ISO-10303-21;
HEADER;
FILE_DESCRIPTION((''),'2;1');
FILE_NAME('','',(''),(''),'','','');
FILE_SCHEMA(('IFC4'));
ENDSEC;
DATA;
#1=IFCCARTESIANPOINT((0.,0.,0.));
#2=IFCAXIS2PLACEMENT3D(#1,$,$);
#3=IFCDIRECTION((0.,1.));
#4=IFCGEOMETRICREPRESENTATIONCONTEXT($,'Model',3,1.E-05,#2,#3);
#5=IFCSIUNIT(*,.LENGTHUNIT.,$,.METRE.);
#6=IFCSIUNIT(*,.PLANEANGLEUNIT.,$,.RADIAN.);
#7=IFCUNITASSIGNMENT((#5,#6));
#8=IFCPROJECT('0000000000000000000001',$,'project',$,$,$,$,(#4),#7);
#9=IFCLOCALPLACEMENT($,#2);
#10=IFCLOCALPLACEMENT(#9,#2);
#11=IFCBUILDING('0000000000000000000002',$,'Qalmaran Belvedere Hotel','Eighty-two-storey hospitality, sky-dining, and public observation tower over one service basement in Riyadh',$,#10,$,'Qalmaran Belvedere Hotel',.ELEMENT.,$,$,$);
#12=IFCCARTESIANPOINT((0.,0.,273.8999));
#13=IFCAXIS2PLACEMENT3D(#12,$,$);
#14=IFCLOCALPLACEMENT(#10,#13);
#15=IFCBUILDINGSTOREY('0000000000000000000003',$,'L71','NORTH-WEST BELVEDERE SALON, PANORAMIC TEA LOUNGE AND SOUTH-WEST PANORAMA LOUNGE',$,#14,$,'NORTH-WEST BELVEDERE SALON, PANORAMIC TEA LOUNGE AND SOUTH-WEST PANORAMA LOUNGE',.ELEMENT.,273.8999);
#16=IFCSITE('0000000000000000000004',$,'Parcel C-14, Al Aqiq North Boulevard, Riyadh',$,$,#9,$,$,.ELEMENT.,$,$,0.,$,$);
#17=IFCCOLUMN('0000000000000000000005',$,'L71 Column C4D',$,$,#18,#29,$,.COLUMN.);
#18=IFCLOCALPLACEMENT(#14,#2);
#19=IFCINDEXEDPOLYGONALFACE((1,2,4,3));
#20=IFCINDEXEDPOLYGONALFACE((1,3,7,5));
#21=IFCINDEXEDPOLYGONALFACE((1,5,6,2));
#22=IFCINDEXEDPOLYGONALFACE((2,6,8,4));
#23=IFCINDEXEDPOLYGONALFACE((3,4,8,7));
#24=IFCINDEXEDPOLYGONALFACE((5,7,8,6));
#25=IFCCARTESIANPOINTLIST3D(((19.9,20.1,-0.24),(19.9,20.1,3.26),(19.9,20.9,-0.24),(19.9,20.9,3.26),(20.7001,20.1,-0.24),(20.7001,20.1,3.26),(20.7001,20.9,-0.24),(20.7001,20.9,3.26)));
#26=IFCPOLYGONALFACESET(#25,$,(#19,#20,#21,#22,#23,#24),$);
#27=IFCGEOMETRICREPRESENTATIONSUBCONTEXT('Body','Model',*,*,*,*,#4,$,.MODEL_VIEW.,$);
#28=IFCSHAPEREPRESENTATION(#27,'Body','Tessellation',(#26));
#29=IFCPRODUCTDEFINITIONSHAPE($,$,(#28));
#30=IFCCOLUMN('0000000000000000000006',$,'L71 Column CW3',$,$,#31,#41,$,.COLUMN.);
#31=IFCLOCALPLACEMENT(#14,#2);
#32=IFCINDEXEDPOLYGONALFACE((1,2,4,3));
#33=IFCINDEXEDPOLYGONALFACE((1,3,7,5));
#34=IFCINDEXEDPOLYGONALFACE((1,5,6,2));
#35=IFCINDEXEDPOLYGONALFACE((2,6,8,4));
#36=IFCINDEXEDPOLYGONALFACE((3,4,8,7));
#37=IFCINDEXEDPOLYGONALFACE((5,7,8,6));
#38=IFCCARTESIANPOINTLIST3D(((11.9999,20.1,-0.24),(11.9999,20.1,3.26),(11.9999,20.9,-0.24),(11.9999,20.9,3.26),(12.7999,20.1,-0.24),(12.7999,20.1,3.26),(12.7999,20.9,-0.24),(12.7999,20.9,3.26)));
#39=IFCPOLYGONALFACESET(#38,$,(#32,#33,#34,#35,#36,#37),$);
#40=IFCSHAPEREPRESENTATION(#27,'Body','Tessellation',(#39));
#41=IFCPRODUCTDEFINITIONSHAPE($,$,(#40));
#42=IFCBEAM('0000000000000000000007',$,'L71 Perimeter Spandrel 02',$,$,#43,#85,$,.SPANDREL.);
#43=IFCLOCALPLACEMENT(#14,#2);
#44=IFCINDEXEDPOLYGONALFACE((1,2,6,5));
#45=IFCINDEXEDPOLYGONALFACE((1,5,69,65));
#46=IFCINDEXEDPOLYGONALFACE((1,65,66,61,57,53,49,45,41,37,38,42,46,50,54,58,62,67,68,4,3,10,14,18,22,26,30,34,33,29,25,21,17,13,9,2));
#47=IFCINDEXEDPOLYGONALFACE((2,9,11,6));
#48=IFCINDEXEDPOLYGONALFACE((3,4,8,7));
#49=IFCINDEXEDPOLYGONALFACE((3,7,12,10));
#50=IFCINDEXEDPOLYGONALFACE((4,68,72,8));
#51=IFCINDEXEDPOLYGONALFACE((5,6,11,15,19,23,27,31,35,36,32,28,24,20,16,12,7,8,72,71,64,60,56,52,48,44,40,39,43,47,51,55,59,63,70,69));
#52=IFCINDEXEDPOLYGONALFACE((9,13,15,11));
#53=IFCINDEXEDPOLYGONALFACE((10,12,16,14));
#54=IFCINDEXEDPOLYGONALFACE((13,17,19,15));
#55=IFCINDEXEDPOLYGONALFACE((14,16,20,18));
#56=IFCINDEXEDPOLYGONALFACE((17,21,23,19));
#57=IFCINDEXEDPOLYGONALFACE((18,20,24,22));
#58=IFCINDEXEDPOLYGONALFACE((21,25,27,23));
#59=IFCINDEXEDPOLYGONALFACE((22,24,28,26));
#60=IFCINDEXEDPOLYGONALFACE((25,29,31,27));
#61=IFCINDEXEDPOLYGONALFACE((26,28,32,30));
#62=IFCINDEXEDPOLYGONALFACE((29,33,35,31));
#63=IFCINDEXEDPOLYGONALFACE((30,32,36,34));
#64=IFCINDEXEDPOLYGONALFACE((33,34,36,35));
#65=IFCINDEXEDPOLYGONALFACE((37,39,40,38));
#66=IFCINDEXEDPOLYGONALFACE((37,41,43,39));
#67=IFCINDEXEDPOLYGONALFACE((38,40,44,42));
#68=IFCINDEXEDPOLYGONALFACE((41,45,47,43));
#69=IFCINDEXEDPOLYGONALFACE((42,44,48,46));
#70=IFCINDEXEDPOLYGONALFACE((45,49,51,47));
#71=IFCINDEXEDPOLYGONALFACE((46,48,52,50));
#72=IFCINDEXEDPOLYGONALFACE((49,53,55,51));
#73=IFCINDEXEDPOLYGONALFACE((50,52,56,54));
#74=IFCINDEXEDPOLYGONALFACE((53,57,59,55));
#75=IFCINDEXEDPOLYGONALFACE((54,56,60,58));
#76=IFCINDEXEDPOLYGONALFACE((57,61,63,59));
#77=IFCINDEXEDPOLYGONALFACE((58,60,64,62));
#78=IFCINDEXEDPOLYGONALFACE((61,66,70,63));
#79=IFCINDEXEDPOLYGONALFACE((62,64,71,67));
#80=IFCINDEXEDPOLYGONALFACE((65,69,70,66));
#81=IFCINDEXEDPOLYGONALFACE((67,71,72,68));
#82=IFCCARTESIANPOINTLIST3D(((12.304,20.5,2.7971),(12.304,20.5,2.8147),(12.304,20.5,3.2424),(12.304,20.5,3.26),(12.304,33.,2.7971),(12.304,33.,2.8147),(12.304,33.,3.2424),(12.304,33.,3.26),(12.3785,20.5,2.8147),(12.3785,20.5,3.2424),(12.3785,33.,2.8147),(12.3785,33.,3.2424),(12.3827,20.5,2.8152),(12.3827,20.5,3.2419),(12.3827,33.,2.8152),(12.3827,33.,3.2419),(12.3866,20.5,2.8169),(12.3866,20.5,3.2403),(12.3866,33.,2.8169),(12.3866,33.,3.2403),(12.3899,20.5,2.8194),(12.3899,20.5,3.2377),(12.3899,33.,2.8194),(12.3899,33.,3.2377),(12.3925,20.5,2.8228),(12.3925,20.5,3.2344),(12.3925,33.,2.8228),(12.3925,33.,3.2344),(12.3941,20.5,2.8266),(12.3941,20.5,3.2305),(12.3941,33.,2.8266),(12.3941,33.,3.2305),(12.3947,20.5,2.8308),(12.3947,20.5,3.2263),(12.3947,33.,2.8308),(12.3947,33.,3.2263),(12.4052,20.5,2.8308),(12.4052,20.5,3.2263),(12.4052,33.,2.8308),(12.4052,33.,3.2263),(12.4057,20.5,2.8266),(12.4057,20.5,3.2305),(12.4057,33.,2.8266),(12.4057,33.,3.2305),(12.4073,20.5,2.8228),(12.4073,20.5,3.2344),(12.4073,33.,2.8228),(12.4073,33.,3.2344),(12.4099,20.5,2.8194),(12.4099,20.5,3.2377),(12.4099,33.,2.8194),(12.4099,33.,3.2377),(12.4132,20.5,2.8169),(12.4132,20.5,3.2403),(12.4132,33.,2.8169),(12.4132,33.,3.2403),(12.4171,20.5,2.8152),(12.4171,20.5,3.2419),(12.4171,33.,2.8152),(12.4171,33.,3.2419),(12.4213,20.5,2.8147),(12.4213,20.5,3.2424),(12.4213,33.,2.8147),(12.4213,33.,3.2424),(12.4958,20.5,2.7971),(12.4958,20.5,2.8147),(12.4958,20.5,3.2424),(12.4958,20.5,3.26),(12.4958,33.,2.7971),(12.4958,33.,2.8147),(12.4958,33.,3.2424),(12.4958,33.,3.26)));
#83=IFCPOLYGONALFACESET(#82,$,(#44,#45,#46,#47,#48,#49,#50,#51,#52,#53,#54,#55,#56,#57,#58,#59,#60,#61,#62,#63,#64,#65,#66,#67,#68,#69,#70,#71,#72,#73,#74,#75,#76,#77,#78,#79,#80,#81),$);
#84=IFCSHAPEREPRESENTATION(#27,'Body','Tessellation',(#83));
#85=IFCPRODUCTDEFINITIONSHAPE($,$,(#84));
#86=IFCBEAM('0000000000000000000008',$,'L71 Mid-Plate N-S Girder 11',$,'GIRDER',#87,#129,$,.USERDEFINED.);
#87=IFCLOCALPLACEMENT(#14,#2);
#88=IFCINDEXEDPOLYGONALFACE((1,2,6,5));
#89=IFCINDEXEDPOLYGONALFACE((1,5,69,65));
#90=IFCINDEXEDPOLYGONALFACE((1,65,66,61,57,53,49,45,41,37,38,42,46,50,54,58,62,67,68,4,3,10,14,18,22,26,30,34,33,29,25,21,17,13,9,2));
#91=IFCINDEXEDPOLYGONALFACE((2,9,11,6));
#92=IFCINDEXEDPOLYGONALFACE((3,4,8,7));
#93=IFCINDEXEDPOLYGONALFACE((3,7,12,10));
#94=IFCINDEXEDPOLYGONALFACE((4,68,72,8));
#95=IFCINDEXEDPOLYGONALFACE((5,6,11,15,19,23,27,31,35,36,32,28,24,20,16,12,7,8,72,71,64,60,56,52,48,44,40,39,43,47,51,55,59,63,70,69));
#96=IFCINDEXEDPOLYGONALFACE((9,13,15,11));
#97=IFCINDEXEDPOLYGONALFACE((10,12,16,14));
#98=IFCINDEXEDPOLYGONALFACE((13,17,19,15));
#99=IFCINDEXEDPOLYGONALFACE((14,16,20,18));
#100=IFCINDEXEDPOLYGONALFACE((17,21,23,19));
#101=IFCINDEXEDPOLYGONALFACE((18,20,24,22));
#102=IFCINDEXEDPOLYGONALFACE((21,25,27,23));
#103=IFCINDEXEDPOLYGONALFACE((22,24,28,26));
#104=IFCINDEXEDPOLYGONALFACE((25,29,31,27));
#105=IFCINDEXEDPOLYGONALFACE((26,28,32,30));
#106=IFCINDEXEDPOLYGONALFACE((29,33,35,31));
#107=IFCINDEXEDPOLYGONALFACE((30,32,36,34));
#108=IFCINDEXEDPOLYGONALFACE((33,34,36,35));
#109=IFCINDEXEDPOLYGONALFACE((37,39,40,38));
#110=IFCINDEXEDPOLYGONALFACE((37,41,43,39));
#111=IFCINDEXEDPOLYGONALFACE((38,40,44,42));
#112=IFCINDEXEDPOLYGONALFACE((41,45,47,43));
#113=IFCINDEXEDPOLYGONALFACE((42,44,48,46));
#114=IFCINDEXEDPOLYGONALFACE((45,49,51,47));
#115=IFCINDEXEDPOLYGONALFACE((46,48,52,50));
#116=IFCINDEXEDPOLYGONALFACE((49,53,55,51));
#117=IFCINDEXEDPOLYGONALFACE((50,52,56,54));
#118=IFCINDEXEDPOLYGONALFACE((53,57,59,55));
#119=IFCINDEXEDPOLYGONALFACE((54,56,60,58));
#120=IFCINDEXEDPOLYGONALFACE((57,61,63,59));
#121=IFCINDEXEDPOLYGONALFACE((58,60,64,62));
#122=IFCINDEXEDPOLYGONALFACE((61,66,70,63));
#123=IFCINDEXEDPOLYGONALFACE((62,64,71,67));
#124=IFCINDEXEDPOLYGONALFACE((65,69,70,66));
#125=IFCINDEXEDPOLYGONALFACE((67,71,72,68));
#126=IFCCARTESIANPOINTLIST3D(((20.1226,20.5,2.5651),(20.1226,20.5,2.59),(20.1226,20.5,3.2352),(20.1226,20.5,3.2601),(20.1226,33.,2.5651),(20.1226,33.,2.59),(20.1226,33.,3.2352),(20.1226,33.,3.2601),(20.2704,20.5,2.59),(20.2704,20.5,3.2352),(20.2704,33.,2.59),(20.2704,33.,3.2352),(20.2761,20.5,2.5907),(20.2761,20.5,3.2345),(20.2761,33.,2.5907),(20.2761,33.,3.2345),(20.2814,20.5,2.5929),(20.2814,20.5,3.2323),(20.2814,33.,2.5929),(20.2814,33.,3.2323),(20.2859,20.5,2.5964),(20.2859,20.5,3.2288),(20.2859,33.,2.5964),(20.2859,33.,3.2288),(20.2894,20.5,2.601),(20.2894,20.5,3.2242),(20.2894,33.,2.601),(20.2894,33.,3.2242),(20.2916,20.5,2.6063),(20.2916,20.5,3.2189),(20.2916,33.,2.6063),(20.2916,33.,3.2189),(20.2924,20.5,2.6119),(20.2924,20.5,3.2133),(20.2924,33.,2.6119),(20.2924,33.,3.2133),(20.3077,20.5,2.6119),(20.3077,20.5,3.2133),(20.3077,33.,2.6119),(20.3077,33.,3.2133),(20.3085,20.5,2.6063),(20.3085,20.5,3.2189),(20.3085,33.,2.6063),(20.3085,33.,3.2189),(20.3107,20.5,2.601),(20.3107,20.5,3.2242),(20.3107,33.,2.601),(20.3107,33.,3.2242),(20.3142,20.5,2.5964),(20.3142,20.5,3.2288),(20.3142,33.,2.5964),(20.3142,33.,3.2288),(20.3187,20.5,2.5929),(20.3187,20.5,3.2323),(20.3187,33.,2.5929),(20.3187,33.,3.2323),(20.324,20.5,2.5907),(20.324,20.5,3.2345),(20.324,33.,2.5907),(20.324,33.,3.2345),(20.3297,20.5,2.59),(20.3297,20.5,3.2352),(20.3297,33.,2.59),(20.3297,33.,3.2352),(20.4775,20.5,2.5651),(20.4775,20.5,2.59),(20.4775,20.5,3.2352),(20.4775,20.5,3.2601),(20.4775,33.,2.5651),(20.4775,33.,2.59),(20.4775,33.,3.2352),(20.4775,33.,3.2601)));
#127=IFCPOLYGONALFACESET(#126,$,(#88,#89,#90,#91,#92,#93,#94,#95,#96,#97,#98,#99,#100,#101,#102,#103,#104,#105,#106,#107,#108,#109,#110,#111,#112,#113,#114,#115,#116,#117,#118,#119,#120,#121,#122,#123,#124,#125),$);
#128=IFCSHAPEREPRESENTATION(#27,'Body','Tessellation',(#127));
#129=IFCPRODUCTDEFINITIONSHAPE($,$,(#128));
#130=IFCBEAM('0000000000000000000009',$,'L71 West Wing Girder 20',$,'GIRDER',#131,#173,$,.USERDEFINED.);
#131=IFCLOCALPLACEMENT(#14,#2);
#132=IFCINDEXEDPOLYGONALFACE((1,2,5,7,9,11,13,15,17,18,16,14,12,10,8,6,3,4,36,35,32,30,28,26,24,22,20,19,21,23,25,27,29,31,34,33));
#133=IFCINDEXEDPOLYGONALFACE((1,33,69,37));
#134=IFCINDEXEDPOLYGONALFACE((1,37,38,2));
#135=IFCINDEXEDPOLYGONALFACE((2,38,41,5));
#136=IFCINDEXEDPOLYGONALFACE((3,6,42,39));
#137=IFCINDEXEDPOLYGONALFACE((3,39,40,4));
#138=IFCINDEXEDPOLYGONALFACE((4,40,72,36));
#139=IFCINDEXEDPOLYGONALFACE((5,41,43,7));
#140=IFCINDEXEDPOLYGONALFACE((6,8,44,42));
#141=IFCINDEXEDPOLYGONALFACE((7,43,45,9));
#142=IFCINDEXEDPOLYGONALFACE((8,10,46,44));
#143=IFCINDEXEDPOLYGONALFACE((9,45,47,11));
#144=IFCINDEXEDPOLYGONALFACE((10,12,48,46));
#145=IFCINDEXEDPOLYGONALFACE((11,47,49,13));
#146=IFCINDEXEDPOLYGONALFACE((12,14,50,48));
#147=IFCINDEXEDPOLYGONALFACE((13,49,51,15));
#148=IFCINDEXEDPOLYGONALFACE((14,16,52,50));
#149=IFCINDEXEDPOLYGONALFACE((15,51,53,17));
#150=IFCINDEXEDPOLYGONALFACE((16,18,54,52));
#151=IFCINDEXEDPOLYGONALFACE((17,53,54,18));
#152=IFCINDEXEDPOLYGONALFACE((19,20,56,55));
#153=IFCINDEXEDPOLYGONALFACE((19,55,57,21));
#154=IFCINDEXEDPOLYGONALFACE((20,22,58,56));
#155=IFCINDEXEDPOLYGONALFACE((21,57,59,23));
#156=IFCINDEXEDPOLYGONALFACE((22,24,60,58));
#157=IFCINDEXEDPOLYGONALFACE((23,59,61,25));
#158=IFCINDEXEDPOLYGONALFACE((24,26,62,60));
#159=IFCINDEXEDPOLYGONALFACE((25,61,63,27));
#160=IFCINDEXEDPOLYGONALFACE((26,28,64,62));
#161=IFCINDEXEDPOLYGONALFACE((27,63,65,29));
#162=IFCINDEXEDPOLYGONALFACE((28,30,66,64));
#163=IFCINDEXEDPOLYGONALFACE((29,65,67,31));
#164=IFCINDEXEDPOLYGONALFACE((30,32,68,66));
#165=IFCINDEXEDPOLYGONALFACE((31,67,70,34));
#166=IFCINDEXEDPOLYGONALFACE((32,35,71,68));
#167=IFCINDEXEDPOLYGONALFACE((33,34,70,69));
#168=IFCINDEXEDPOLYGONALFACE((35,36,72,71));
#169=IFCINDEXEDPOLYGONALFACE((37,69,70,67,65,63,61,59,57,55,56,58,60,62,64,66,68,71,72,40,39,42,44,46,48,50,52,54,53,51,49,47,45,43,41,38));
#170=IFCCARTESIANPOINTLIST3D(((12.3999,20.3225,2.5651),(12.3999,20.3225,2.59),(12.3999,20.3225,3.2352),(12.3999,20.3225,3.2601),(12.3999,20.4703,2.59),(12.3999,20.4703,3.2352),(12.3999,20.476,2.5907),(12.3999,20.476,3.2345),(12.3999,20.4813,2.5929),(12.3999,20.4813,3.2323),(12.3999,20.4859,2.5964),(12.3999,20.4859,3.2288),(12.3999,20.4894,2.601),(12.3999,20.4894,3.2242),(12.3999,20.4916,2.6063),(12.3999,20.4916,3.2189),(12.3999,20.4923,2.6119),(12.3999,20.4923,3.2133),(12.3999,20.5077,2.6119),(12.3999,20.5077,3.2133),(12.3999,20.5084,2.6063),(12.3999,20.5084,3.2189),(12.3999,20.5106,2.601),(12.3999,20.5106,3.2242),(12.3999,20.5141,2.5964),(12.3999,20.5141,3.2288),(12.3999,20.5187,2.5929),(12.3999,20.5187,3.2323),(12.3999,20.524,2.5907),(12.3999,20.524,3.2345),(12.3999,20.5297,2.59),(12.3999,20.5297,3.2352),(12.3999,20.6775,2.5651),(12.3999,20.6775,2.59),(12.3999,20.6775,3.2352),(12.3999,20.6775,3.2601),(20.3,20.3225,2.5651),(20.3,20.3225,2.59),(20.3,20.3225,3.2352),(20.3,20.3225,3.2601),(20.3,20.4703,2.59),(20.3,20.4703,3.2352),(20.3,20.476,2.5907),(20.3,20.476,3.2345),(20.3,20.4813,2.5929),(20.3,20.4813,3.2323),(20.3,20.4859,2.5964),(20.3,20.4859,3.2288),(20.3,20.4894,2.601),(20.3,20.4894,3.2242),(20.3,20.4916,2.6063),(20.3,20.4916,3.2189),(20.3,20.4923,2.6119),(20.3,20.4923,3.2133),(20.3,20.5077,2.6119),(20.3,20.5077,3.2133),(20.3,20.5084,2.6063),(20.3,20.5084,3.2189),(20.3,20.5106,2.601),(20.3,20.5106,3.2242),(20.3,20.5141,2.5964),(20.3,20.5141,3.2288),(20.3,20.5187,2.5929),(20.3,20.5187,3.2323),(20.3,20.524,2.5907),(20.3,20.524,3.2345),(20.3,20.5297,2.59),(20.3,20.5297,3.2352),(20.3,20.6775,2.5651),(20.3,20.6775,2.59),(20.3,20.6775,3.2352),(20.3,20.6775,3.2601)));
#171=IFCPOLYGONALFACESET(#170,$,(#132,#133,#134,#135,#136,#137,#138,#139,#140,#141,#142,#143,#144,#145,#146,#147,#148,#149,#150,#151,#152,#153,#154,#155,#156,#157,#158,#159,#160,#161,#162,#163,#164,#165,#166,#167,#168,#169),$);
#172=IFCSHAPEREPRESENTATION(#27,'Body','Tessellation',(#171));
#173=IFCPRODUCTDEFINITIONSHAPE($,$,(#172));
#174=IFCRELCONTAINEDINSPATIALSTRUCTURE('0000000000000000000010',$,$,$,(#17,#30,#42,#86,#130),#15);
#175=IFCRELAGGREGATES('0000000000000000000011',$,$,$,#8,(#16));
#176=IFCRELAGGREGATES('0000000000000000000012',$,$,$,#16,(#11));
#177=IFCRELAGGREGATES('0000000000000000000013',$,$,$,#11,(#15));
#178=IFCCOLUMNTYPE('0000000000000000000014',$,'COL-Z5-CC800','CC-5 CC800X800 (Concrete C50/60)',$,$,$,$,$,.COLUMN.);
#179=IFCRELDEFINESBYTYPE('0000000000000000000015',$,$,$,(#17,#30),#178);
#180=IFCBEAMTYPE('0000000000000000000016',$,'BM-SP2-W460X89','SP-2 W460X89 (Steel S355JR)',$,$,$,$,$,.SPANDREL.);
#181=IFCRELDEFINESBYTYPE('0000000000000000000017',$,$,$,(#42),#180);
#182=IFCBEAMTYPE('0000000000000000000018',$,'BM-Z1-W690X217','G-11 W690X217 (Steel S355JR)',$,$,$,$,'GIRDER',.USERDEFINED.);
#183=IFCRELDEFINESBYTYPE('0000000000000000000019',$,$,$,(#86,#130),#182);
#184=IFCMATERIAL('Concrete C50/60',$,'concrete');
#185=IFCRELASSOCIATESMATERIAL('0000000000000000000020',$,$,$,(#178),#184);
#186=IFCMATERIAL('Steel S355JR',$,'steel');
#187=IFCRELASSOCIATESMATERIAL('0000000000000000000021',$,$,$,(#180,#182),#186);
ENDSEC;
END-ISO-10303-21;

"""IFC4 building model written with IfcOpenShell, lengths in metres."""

from ifc_helpers import new_model, si_unit, direction, frame, origin, origin_2d, place, context, subcontext, project, spatial, rectangle, i_section, extrude, material, material_profile, profile_set, type_object, element, save


model = new_model("IFC4")

# Units and contexts
model_context = context("Model", 3, precision=1e-05, world=origin(), true_north=direction((0.0, 1.0)))
body_context = subcontext(model_context, "Body", "Model", "MODEL_VIEW")
ifc_project = project(units=[si_unit("LENGTHUNIT", "METRE"), si_unit("PLANEANGLEUNIT", "RADIAN")], contexts=[model_context])

# Site, building, storey
site_placement = place(None, origin())
site = spatial("IfcSite", under=ifc_project, at=site_placement, Name="Parcel C-14, Al Aqiq North Boulevard, Riyadh", CompositionType="ELEMENT", RefElevation=0.0)
building_placement = place(site_placement, origin())
building = spatial("IfcBuilding", under=site, at=building_placement, Name="Qalmaran Belvedere Hotel", Description="Eighty-two-storey hospitality, sky-dining, and public observation tower over one service basement in Riyadh", LongName="Qalmaran Belvedere Hotel", CompositionType="ELEMENT")
storey_placement = place(building_placement, frame((0.0, 0.0, 273.8999)))
storey = spatial("IfcBuildingStorey", under=building, at=storey_placement, Name="L71", Description="NORTH-WEST BELVEDERE SALON, PANORAMIC TEA LOUNGE AND SOUTH-WEST PANORAMA LOUNGE", LongName="NORTH-WEST BELVEDERE SALON, PANORAMIC TEA LOUNGE AND SOUTH-WEST PANORAMA LOUNGE", CompositionType="ELEMENT", Elevation=273.8999)

# Columns
ifc_material_1 = material(Name="Concrete C50/60", Category="concrete")
ifc_material_profile_1 = material_profile(ifc_material_1, rectangle(XDim=0.8, YDim=0.8, at=origin_2d()), Name="CC800X800")
ifc_profile_set_1 = profile_set([ifc_material_profile_1], Name="Concrete C50/60")
column_type = type_object("IfcColumnType", Name="COL-Z5-CC800", Description="CC-5 CC800X800 (Concrete C50/60)", PredefinedType="COLUMN", material=ifc_profile_set_1)
for number, where, z_axis, x_axis, name in (
    (1, (20.3, 20.5, -0.24), (0.0, 0.0, 1.0), (1.0, 0.0, 0.0), "L71 Column C4D"),
    (2, (12.3999, 20.5, -0.24), (0.0, 0.0, 1.0), (1.0, 0.0, 0.0), "L71 Column CW3"),
):
    element("IfcColumn", number, at=place(storey_placement, frame(where, z_axis=z_axis, x_axis=x_axis)), inside=storey, type_object=column_type, Name=name, PredefinedType="COLUMN", context=body_context, shape_type="SweptSolid", body=[
        extrude(rectangle(XDim=0.8, YDim=0.8, at=origin_2d()), origin(), (0.0, 0.0, 1.0), 3.5),
    ])

# Beams
ifc_material_2 = material(Name="Steel S355JR", Category="steel")
ifc_material_profile_2 = material_profile(ifc_material_2, i_section(OverallWidth=0.1919, OverallDepth=0.4629, WebThickness=0.0105, FlangeThickness=0.0176, FilletRadius=0.0161, at=origin_2d()), Name="W460X89")
ifc_profile_set_2 = profile_set([ifc_material_profile_2], Name="Steel S355JR")
beam_type_1 = type_object("IfcBeamType", Name="BM-SP2-W460X89", Description="SP-2 W460X89 (Steel S355JR)", PredefinedType="SPANDREL", material=ifc_profile_set_2)
beam_1_placement = place(storey_placement, frame((12.3999, 20.5, 3.0286), z_axis=(0.0, 1.0, 0.0), x_axis=(-1.0, 0.0, 0.0)))
element("IfcBeam", 3, at=beam_1_placement, inside=storey, type_object=beam_type_1, Name="L71 Perimeter Spandrel 02", PredefinedType="SPANDREL", context=body_context, shape_type="SweptSolid", body=[
    extrude(i_section(OverallWidth=0.1919, OverallDepth=0.4629, WebThickness=0.0105, FlangeThickness=0.0176, FilletRadius=0.0161, at=origin_2d()), origin(), (0.0, 0.0, 1.0), 12.5),
])
ifc_material_profile_3 = material_profile(ifc_material_2, i_section(OverallWidth=0.355, OverallDepth=0.6951, WebThickness=0.0154, FlangeThickness=0.0249, FilletRadius=0.022, at=origin_2d()), Name="W690X217")
ifc_profile_set_3 = profile_set([ifc_material_profile_3], Name="Steel S355JR")
beam_type_2 = type_object("IfcBeamType", Name="BM-Z1-W690X217", Description="G-11 W690X217 (Steel S355JR)", ElementType="GIRDER", PredefinedType="USERDEFINED", material=ifc_profile_set_3)
beam_2_placement = place(storey_placement, frame((20.3, 20.5, 2.9126), z_axis=(0.0, 1.0, 0.0), x_axis=(-1.0, 0.0, 0.0)))
element("IfcBeam", 4, at=beam_2_placement, inside=storey, type_object=beam_type_2, Name="L71 Mid-Plate N-S Girder 11", ObjectType="GIRDER", PredefinedType="USERDEFINED", context=body_context, shape_type="SweptSolid", body=[
    extrude(i_section(OverallWidth=0.355, OverallDepth=0.6951, WebThickness=0.0154, FlangeThickness=0.0249, FilletRadius=0.022, at=origin_2d()), origin(), (0.0, 0.0, 1.0), 12.5),
])
beam_3_placement = place(storey_placement, frame((12.3999, 20.5, 2.9126), z_axis=(1.0, 0.0, 0.0), x_axis=(0.0, 1.0, 0.0)))
element("IfcBeam", 5, at=beam_3_placement, inside=storey, type_object=beam_type_2, Name="L71 West Wing Girder 20", ObjectType="GIRDER", PredefinedType="USERDEFINED", context=body_context, shape_type="SweptSolid", body=[
    extrude(i_section(OverallWidth=0.355, OverallDepth=0.6951, WebThickness=0.0154, FlangeThickness=0.0249, FilletRadius=0.022, at=origin_2d()), origin(), (0.0, 0.0, 1.0), 7.9001),
])

save(model, "model.ifc")
